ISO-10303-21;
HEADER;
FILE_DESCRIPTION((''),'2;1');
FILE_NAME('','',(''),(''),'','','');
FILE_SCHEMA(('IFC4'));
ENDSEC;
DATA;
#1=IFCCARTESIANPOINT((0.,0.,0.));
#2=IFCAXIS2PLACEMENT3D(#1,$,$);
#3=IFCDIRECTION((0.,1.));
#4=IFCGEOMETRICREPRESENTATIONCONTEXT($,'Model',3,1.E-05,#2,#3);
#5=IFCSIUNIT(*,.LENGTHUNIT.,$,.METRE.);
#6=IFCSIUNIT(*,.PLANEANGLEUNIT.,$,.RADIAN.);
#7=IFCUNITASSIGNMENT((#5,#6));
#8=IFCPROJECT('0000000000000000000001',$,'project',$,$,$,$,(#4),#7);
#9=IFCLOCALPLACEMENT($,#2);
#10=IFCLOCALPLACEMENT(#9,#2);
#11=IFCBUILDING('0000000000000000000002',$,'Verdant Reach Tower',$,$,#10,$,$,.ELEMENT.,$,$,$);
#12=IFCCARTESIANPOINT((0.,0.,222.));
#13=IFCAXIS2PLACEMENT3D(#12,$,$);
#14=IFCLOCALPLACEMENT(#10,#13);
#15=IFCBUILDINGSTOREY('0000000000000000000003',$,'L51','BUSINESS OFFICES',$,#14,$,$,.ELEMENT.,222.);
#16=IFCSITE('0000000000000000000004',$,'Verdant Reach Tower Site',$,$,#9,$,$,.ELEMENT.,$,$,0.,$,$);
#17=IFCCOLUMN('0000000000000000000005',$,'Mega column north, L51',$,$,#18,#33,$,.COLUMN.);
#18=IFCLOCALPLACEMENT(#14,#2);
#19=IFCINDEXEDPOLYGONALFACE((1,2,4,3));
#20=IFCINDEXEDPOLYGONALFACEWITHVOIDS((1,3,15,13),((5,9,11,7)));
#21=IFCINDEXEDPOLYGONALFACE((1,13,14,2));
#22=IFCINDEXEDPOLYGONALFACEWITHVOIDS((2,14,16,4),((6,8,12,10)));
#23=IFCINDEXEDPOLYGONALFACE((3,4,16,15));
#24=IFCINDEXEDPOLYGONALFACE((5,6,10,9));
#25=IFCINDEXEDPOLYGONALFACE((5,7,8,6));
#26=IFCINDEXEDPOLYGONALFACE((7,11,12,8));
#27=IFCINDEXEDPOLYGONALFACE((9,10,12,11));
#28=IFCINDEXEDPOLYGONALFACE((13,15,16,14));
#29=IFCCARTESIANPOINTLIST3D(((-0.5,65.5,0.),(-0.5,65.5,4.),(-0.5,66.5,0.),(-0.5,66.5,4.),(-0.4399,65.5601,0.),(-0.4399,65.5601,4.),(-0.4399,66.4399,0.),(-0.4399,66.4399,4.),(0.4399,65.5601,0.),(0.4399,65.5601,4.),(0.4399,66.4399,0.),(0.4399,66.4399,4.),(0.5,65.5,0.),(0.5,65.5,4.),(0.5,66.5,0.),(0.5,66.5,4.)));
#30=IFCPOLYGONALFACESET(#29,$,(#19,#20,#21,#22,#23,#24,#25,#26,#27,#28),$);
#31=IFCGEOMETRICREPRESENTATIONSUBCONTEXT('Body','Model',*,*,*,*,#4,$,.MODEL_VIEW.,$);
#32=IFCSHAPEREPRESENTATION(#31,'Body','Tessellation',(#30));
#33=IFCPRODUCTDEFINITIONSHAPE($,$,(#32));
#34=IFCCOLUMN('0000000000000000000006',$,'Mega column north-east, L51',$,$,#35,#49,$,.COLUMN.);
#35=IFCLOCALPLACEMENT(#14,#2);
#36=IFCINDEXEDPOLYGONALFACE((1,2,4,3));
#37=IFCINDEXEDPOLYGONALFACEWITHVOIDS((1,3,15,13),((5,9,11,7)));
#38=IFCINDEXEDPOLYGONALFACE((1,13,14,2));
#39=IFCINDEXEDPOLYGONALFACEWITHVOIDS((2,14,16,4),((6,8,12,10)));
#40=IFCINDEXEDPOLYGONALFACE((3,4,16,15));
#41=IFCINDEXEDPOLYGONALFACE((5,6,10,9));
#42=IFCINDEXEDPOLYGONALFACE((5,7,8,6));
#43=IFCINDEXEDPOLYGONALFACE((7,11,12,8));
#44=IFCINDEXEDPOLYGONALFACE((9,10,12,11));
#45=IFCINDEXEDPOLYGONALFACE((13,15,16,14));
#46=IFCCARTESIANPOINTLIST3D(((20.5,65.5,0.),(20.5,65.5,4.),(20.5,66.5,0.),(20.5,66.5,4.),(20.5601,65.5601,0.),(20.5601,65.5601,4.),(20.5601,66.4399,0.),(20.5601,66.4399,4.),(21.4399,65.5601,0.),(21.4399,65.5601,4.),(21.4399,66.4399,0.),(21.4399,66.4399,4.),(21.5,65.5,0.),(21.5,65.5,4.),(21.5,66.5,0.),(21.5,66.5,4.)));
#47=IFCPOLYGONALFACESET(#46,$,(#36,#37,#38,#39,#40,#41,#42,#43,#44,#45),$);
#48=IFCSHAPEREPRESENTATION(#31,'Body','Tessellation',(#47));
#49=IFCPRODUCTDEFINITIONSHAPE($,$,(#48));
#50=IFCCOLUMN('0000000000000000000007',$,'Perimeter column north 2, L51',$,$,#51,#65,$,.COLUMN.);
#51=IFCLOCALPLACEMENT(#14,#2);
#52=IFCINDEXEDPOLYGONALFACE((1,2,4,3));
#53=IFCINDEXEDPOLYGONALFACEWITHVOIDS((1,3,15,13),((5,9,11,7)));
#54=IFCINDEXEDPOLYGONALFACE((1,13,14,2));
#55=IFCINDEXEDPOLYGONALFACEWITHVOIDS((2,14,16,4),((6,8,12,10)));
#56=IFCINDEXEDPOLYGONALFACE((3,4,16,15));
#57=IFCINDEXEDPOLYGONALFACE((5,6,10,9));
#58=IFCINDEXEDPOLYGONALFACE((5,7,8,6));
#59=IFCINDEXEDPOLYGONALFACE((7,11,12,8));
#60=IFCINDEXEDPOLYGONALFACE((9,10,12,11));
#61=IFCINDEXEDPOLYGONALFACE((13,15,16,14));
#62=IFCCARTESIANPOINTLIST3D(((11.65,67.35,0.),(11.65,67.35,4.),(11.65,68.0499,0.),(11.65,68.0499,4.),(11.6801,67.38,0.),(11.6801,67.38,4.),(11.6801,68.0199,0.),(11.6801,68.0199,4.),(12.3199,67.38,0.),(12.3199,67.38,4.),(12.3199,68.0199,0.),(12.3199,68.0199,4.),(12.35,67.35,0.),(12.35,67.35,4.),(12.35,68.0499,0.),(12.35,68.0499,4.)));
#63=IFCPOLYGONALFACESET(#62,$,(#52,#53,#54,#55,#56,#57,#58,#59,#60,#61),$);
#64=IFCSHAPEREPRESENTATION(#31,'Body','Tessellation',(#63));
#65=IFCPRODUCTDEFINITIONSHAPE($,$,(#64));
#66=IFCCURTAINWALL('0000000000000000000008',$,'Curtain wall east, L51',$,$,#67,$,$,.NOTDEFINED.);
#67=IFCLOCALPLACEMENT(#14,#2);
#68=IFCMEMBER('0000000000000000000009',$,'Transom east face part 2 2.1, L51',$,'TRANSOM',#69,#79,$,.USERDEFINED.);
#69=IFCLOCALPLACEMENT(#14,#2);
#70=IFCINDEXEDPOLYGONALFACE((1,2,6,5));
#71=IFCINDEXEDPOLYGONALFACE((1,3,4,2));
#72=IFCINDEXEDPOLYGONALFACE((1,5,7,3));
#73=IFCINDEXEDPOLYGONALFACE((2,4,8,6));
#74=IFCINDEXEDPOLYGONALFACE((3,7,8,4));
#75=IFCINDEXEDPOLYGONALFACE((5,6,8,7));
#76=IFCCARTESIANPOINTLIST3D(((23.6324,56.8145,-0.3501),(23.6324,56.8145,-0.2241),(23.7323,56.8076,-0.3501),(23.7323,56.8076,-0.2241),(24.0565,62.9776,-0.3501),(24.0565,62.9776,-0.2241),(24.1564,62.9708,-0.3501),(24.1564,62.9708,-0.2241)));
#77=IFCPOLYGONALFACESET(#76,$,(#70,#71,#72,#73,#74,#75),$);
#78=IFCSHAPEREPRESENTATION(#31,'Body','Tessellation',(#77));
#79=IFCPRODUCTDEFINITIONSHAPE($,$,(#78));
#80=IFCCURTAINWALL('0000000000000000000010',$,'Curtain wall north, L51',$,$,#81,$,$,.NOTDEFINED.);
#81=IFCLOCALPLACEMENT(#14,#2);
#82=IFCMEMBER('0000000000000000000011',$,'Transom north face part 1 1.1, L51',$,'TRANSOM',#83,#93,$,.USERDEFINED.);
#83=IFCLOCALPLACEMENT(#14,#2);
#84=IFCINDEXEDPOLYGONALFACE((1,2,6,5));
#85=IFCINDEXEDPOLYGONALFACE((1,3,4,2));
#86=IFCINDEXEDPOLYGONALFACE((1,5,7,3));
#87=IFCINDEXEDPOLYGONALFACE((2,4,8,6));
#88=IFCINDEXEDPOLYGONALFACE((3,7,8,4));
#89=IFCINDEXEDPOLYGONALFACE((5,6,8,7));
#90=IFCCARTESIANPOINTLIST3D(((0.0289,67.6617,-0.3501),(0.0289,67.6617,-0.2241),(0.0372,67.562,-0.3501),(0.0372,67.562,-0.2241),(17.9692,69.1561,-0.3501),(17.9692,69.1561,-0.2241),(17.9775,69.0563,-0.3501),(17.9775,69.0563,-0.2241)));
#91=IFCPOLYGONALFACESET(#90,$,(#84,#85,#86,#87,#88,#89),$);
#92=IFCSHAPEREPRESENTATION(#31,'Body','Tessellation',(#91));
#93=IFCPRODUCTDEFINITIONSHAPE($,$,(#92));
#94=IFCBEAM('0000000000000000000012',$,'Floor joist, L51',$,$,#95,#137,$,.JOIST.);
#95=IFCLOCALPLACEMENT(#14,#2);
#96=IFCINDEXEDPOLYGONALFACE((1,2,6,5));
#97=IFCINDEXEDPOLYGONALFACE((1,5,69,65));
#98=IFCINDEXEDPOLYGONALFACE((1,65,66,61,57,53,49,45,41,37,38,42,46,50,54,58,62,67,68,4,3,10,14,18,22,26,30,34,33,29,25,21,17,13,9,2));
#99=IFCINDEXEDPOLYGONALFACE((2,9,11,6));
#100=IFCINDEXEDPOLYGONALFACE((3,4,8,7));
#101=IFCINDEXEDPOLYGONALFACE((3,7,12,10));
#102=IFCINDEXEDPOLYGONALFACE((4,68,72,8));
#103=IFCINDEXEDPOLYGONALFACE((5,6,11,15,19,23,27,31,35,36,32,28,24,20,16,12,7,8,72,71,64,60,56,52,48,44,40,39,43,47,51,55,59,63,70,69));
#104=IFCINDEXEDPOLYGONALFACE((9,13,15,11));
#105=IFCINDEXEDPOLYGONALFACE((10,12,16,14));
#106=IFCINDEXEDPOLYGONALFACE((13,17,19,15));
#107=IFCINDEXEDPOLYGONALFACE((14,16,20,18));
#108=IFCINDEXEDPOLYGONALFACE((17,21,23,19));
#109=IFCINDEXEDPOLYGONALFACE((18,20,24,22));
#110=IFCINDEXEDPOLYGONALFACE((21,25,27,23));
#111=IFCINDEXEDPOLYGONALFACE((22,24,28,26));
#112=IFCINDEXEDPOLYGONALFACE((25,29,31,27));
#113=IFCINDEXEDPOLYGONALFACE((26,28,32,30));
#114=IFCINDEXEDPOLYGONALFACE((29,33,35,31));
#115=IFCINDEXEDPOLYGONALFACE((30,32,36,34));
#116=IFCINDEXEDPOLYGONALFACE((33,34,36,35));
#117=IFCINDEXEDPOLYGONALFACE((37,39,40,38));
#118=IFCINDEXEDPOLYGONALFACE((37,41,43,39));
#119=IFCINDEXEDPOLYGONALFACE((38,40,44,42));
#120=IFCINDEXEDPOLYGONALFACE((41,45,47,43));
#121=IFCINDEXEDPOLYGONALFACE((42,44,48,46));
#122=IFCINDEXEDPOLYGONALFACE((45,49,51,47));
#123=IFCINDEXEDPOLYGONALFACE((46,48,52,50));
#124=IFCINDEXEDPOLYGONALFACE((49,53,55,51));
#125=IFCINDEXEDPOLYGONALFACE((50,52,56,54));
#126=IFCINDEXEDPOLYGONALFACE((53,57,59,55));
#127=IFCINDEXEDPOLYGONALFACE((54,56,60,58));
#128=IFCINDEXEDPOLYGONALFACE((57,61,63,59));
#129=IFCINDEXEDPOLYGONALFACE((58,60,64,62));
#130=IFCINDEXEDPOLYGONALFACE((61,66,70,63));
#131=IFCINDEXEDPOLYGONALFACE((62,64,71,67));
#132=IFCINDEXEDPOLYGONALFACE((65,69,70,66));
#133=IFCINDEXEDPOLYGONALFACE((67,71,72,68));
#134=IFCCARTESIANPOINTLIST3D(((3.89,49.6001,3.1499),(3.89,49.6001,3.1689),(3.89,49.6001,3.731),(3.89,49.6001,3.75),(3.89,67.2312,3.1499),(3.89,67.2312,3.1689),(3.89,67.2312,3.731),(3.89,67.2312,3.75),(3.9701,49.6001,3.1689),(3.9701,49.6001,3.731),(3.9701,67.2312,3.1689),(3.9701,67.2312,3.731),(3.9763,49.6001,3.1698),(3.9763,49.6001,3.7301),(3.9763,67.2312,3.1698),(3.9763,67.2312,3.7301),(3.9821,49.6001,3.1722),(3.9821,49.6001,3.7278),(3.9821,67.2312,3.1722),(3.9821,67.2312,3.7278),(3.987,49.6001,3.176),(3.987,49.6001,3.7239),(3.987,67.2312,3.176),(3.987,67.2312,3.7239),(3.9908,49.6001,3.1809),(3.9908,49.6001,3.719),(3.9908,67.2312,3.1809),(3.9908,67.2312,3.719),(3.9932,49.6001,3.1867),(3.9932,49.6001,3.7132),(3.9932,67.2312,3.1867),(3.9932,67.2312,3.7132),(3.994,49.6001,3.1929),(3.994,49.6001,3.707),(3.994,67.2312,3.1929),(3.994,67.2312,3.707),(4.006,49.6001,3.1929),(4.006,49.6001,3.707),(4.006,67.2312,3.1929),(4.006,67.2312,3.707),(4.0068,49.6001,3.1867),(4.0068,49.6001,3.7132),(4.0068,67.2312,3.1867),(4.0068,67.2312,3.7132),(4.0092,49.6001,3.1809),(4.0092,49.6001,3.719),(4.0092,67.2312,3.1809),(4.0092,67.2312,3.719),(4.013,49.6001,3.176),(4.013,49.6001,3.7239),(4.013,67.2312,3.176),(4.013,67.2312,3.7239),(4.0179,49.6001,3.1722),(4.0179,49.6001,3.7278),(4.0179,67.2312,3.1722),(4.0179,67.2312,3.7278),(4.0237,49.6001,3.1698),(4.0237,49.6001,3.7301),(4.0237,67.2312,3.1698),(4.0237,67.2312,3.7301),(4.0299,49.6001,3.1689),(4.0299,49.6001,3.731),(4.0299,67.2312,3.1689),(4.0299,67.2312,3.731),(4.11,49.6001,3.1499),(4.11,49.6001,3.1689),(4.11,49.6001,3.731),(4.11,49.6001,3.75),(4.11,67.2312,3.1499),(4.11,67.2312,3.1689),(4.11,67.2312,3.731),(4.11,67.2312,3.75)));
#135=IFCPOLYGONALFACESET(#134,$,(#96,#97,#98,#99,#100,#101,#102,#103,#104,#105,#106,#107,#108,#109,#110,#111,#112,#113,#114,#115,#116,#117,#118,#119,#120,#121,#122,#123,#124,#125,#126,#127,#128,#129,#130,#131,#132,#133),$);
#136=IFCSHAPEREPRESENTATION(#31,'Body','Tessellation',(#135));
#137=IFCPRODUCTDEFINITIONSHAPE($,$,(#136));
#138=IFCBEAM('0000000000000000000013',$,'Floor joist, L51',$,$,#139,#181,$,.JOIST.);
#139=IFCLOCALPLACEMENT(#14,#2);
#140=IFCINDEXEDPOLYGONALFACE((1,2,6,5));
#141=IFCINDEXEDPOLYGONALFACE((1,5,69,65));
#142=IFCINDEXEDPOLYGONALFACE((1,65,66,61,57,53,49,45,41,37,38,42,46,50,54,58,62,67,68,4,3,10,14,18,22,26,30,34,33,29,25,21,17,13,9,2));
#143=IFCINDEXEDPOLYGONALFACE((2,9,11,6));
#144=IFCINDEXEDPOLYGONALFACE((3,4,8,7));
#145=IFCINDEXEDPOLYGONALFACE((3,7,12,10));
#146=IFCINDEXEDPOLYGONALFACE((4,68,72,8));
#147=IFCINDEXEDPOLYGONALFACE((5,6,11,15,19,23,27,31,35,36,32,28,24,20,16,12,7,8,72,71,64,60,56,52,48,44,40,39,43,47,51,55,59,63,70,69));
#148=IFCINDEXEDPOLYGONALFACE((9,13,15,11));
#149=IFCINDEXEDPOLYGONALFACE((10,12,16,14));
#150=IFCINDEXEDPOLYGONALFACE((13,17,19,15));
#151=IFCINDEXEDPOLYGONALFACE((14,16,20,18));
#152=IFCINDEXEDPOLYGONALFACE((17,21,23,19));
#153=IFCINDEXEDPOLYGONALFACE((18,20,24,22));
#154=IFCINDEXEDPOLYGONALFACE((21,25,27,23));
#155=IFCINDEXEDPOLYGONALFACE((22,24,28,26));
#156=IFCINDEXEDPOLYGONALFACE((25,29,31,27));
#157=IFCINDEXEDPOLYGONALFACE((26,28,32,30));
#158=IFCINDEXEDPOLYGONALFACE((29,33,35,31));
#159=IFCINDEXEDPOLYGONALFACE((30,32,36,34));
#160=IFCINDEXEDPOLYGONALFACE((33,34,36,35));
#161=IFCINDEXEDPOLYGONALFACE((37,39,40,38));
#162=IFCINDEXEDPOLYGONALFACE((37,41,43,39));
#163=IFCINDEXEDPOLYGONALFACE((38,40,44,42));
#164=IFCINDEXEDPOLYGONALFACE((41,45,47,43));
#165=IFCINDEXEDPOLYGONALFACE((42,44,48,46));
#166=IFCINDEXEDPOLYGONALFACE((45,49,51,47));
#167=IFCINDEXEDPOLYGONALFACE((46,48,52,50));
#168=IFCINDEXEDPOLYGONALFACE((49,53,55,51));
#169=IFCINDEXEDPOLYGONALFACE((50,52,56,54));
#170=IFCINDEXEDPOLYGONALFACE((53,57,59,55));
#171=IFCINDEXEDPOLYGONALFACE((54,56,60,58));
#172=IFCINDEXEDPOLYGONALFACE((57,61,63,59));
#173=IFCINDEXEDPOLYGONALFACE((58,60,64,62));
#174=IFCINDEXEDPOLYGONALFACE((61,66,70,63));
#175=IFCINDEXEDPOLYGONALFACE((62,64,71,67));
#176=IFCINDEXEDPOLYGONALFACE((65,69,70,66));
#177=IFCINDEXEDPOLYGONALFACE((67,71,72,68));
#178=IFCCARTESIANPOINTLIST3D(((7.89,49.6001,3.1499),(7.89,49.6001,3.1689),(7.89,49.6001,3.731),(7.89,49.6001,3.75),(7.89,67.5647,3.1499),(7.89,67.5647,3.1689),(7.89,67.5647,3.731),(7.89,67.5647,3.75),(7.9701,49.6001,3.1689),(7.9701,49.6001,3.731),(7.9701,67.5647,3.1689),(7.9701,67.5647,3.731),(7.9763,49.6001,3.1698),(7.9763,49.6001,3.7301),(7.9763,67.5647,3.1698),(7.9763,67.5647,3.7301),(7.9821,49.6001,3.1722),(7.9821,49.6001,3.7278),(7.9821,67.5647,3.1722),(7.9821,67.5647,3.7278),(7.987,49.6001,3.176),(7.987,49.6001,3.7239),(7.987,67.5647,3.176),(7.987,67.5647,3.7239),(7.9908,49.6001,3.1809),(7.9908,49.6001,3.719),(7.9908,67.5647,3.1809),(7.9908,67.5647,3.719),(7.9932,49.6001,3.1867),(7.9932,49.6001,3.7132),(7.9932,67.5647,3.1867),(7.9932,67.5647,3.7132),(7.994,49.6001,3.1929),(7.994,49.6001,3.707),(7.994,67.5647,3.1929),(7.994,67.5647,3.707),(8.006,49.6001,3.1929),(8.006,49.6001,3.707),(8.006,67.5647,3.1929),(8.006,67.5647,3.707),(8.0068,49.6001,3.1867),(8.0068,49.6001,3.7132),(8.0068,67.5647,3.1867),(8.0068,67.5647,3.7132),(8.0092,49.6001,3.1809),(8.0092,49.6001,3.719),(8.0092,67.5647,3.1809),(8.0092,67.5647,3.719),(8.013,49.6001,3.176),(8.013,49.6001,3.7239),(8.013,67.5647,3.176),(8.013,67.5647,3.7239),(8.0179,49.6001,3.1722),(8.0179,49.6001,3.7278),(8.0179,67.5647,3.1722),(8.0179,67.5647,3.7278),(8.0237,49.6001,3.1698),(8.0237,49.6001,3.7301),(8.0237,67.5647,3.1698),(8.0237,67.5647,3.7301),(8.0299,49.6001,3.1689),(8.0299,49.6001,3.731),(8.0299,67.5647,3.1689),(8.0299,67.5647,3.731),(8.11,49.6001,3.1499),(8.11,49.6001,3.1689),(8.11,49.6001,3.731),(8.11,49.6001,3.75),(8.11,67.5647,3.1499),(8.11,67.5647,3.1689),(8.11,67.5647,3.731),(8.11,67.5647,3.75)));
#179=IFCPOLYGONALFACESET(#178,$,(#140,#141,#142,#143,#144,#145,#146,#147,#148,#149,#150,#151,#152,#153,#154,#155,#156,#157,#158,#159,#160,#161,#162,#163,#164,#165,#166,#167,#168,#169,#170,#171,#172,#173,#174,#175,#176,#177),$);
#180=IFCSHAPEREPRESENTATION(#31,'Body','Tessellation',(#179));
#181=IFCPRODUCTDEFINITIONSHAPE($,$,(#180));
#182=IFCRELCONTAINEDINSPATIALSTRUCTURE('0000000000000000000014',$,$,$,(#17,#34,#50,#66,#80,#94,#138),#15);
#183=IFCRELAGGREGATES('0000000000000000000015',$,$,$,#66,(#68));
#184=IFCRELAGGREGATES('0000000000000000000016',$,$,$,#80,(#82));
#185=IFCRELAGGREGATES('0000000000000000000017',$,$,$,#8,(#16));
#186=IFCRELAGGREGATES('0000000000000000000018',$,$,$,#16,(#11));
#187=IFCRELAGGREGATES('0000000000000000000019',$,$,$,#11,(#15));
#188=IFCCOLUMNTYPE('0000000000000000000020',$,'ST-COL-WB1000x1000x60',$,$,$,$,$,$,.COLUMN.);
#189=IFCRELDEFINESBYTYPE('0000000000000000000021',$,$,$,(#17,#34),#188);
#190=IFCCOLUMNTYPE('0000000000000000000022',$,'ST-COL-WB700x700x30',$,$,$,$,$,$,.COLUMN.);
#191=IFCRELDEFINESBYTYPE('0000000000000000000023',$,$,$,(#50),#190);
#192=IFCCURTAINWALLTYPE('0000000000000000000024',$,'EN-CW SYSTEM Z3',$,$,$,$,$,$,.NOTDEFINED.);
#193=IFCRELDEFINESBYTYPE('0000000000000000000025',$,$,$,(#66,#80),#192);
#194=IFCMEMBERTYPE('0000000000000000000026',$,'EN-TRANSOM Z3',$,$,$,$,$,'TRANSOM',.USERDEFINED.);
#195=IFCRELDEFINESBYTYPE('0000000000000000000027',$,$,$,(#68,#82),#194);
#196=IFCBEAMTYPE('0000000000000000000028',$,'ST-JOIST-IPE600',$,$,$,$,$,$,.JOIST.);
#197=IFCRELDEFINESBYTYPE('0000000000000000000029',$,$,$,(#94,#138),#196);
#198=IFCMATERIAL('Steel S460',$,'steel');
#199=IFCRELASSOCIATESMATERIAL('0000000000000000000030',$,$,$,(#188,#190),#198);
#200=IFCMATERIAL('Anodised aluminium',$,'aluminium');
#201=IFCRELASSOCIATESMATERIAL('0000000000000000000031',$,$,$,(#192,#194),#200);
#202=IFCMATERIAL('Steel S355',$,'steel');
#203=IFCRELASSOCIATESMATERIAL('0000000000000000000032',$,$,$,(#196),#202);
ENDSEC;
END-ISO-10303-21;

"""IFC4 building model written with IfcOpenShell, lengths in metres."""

from ifc_helpers import new_model, si_unit, direction, frame, origin, origin_2d, place, context, subcontext, project, spatial, rectangle, hollow_rectangle, i_section, extrude, material, material_profile, profile_set, type_object, element, aggregate, save


model = new_model("IFC4")

# Units and contexts
model_context = context("Model", 3, precision=1e-05, world=origin(), true_north=direction((0.0, 1.0)))
body_context = subcontext(model_context, "Body", "Model", "MODEL_VIEW")
ifc_project = project(units=[si_unit("LENGTHUNIT", "METRE"), si_unit("PLANEANGLEUNIT", "RADIAN")], contexts=[model_context])

# Site, building, storey
site_placement = place(None, origin())
site = spatial("IfcSite", under=ifc_project, at=site_placement, Name="Verdant Reach Tower Site", CompositionType="ELEMENT", RefElevation=0.0)
building_placement = place(site_placement, origin())
building = spatial("IfcBuilding", under=site, at=building_placement, Name="Verdant Reach Tower", CompositionType="ELEMENT")
storey_placement = place(building_placement, frame((0.0, 0.0, 222.0)))
storey = spatial("IfcBuildingStorey", under=building, at=storey_placement, Name="L51", Description="BUSINESS OFFICES", CompositionType="ELEMENT", Elevation=222.0)

# Columns
ifc_material_1 = material(Name="Steel S460", Category="steel")
ifc_material_profile_1 = material_profile(ifc_material_1, hollow_rectangle(XDim=1.0, YDim=1.0, WallThickness=0.0601, at=origin_2d()), Name="WB 1000x1000x60")
ifc_profile_set_1 = profile_set([ifc_material_profile_1], Name="Steel S460")
column_type_1 = type_object("IfcColumnType", Name="ST-COL-WB1000x1000x60", PredefinedType="COLUMN", material=ifc_profile_set_1)
for number, where, z_axis, x_axis, name in (
    (1, (0.0, 66.0, 0.0), (0.0, 0.0, 1.0), (1.0, 0.0, 0.0), "Mega column north, L51"),
    (2, (21.0, 66.0, 0.0), (0.0, 0.0, 1.0), (1.0, 0.0, 0.0), "Mega column north-east, L51"),
):
    element("IfcColumn", number, at=place(storey_placement, frame(where, z_axis=z_axis, x_axis=x_axis)), inside=storey, type_object=column_type_1, Name=name, PredefinedType="COLUMN", context=body_context, shape_type="SweptSolid", body=[
        extrude(hollow_rectangle(XDim=1.0, YDim=1.0, WallThickness=0.0601, at=origin_2d()), origin(), (0.0, 0.0, 1.0), 4.0),
    ])
ifc_material_profile_2 = material_profile(ifc_material_1, hollow_rectangle(XDim=0.7, YDim=0.7, WallThickness=0.03, at=origin_2d()), Name="WB 700x700x30")
ifc_profile_set_2 = profile_set([ifc_material_profile_2], Name="Steel S460")
column_type_2 = type_object("IfcColumnType", Name="ST-COL-WB700x700x30", PredefinedType="COLUMN", material=ifc_profile_set_2)
column_placement = place(storey_placement, frame((12.0, 67.7, 0.0), z_axis=(0.0, 0.0, 1.0), x_axis=(1.0, 0.0, 0.0)))
element("IfcColumn", 3, at=column_placement, inside=storey, type_object=column_type_2, Name="Perimeter column north 2, L51", PredefinedType="COLUMN", context=body_context, shape_type="SweptSolid", body=[
    extrude(hollow_rectangle(XDim=0.7, YDim=0.7, WallThickness=0.03, at=origin_2d()), origin(), (0.0, 0.0, 1.0), 4.0),
])

# Curtain walls, members
ifc_material_2 = material(Name="Anodised aluminium", Category="aluminium")
curtain_wall_type = type_object("IfcCurtainWallType", Name="EN-CW SYSTEM Z3", PredefinedType="NOTDEFINED", material=ifc_material_2)
curtain_wall_1_placement = place(storey_placement, origin())
curtain_wall_1 = element("IfcCurtainWall", 4, at=curtain_wall_1_placement, inside=storey, type_object=curtain_wall_type, Name="Curtain wall east, L51", PredefinedType="NOTDEFINED")
ifc_material_profile_3 = material_profile(ifc_material_2, rectangle(XDim=0.1001, YDim=0.126, at=origin_2d()), Name="Transom 126x100")
ifc_profile_set_3 = profile_set([ifc_material_profile_3], Name="Anodised aluminium")
member_type = type_object("IfcMemberType", Name="EN-TRANSOM Z3", ElementType="TRANSOM", PredefinedType="USERDEFINED", material=ifc_profile_set_3)
member_1_placement = place(storey_placement, frame((23.6824, 56.811, -0.2871), z_axis=(0.068646, 0.997641, 0.0), x_axis=(-0.997641, 0.068646, 0.0)))
member_1 = element("IfcMember", 5, at=member_1_placement, type_object=member_type, Name="Transom east face part 2 2.1, L51", ObjectType="TRANSOM", PredefinedType="USERDEFINED", context=body_context, shape_type="SweptSolid", body=[
    extrude(rectangle(XDim=0.1001, YDim=0.126, at=origin_2d()), origin(), (0.0, 0.0, 1.0), 6.1777),
])
curtain_wall_2_placement = place(storey_placement, origin())
curtain_wall_2 = element("IfcCurtainWall", 6, at=curtain_wall_2_placement, inside=storey, type_object=curtain_wall_type, Name="Curtain wall north, L51", PredefinedType="NOTDEFINED")
member_2_placement = place(storey_placement, frame((17.9734, 69.1062, -0.2871), z_axis=(-0.996549, -0.08301, 0.0), x_axis=(0.08301, -0.996549, 0.0)))
member_2 = element("IfcMember", 7, at=member_2_placement, type_object=member_type, Name="Transom north face part 1 1.1, L51", ObjectType="TRANSOM", PredefinedType="USERDEFINED", context=body_context, shape_type="SweptSolid", body=[
    extrude(rectangle(XDim=0.1001, YDim=0.126, at=origin_2d()), origin(), (0.0, 0.0, 1.0), 18.0024),
])

# Beams
ifc_material_3 = material(Name="Steel S355", Category="steel")
ifc_material_profile_4 = material_profile(ifc_material_3, i_section(OverallWidth=0.22, OverallDepth=0.6001, WebThickness=0.012, FlangeThickness=0.019, FilletRadius=0.0239, at=origin_2d()), Name="IPE 600")
ifc_profile_set_4 = profile_set([ifc_material_profile_4], Name="Steel S355")
beam_type_1 = type_object("IfcBeamType", Name="ST-JOIST-IPE600", PredefinedType="JOIST", material=ifc_profile_set_4)
beam_1_placement = place(storey_placement, frame((4.0, 49.6001, 3.45), z_axis=(0.0, 1.0, 0.0), x_axis=(-1.0, 0.0, 0.0)))
element("IfcBeam", 8, at=beam_1_placement, inside=storey, type_object=beam_type_1, Name="Floor joist, L51", PredefinedType="JOIST", context=body_context, shape_type="SweptSolid", body=[
    extrude(i_section(OverallWidth=0.22, OverallDepth=0.6001, WebThickness=0.012, FlangeThickness=0.019, FilletRadius=0.0239, at=origin_2d()), origin(), (0.0, 0.0, 1.0), 17.6311),
])
beam_2_placement = place(storey_placement, frame((8.0, 49.6001, 3.45), z_axis=(0.0, 1.0, 0.0), x_axis=(-1.0, 0.0, 0.0)))
element("IfcBeam", 9, at=beam_2_placement, inside=storey, type_object=beam_type_1, Name="Floor joist, L51", PredefinedType="JOIST", context=body_context, shape_type="SweptSolid", body=[
    extrude(i_section(OverallWidth=0.22, OverallDepth=0.6001, WebThickness=0.012, FlangeThickness=0.019, FilletRadius=0.0239, at=origin_2d()), origin(), (0.0, 0.0, 1.0), 17.9646),
])

aggregate(curtain_wall_1, [member_1])
aggregate(curtain_wall_2, [member_2])

save(model, "model.ifc")
